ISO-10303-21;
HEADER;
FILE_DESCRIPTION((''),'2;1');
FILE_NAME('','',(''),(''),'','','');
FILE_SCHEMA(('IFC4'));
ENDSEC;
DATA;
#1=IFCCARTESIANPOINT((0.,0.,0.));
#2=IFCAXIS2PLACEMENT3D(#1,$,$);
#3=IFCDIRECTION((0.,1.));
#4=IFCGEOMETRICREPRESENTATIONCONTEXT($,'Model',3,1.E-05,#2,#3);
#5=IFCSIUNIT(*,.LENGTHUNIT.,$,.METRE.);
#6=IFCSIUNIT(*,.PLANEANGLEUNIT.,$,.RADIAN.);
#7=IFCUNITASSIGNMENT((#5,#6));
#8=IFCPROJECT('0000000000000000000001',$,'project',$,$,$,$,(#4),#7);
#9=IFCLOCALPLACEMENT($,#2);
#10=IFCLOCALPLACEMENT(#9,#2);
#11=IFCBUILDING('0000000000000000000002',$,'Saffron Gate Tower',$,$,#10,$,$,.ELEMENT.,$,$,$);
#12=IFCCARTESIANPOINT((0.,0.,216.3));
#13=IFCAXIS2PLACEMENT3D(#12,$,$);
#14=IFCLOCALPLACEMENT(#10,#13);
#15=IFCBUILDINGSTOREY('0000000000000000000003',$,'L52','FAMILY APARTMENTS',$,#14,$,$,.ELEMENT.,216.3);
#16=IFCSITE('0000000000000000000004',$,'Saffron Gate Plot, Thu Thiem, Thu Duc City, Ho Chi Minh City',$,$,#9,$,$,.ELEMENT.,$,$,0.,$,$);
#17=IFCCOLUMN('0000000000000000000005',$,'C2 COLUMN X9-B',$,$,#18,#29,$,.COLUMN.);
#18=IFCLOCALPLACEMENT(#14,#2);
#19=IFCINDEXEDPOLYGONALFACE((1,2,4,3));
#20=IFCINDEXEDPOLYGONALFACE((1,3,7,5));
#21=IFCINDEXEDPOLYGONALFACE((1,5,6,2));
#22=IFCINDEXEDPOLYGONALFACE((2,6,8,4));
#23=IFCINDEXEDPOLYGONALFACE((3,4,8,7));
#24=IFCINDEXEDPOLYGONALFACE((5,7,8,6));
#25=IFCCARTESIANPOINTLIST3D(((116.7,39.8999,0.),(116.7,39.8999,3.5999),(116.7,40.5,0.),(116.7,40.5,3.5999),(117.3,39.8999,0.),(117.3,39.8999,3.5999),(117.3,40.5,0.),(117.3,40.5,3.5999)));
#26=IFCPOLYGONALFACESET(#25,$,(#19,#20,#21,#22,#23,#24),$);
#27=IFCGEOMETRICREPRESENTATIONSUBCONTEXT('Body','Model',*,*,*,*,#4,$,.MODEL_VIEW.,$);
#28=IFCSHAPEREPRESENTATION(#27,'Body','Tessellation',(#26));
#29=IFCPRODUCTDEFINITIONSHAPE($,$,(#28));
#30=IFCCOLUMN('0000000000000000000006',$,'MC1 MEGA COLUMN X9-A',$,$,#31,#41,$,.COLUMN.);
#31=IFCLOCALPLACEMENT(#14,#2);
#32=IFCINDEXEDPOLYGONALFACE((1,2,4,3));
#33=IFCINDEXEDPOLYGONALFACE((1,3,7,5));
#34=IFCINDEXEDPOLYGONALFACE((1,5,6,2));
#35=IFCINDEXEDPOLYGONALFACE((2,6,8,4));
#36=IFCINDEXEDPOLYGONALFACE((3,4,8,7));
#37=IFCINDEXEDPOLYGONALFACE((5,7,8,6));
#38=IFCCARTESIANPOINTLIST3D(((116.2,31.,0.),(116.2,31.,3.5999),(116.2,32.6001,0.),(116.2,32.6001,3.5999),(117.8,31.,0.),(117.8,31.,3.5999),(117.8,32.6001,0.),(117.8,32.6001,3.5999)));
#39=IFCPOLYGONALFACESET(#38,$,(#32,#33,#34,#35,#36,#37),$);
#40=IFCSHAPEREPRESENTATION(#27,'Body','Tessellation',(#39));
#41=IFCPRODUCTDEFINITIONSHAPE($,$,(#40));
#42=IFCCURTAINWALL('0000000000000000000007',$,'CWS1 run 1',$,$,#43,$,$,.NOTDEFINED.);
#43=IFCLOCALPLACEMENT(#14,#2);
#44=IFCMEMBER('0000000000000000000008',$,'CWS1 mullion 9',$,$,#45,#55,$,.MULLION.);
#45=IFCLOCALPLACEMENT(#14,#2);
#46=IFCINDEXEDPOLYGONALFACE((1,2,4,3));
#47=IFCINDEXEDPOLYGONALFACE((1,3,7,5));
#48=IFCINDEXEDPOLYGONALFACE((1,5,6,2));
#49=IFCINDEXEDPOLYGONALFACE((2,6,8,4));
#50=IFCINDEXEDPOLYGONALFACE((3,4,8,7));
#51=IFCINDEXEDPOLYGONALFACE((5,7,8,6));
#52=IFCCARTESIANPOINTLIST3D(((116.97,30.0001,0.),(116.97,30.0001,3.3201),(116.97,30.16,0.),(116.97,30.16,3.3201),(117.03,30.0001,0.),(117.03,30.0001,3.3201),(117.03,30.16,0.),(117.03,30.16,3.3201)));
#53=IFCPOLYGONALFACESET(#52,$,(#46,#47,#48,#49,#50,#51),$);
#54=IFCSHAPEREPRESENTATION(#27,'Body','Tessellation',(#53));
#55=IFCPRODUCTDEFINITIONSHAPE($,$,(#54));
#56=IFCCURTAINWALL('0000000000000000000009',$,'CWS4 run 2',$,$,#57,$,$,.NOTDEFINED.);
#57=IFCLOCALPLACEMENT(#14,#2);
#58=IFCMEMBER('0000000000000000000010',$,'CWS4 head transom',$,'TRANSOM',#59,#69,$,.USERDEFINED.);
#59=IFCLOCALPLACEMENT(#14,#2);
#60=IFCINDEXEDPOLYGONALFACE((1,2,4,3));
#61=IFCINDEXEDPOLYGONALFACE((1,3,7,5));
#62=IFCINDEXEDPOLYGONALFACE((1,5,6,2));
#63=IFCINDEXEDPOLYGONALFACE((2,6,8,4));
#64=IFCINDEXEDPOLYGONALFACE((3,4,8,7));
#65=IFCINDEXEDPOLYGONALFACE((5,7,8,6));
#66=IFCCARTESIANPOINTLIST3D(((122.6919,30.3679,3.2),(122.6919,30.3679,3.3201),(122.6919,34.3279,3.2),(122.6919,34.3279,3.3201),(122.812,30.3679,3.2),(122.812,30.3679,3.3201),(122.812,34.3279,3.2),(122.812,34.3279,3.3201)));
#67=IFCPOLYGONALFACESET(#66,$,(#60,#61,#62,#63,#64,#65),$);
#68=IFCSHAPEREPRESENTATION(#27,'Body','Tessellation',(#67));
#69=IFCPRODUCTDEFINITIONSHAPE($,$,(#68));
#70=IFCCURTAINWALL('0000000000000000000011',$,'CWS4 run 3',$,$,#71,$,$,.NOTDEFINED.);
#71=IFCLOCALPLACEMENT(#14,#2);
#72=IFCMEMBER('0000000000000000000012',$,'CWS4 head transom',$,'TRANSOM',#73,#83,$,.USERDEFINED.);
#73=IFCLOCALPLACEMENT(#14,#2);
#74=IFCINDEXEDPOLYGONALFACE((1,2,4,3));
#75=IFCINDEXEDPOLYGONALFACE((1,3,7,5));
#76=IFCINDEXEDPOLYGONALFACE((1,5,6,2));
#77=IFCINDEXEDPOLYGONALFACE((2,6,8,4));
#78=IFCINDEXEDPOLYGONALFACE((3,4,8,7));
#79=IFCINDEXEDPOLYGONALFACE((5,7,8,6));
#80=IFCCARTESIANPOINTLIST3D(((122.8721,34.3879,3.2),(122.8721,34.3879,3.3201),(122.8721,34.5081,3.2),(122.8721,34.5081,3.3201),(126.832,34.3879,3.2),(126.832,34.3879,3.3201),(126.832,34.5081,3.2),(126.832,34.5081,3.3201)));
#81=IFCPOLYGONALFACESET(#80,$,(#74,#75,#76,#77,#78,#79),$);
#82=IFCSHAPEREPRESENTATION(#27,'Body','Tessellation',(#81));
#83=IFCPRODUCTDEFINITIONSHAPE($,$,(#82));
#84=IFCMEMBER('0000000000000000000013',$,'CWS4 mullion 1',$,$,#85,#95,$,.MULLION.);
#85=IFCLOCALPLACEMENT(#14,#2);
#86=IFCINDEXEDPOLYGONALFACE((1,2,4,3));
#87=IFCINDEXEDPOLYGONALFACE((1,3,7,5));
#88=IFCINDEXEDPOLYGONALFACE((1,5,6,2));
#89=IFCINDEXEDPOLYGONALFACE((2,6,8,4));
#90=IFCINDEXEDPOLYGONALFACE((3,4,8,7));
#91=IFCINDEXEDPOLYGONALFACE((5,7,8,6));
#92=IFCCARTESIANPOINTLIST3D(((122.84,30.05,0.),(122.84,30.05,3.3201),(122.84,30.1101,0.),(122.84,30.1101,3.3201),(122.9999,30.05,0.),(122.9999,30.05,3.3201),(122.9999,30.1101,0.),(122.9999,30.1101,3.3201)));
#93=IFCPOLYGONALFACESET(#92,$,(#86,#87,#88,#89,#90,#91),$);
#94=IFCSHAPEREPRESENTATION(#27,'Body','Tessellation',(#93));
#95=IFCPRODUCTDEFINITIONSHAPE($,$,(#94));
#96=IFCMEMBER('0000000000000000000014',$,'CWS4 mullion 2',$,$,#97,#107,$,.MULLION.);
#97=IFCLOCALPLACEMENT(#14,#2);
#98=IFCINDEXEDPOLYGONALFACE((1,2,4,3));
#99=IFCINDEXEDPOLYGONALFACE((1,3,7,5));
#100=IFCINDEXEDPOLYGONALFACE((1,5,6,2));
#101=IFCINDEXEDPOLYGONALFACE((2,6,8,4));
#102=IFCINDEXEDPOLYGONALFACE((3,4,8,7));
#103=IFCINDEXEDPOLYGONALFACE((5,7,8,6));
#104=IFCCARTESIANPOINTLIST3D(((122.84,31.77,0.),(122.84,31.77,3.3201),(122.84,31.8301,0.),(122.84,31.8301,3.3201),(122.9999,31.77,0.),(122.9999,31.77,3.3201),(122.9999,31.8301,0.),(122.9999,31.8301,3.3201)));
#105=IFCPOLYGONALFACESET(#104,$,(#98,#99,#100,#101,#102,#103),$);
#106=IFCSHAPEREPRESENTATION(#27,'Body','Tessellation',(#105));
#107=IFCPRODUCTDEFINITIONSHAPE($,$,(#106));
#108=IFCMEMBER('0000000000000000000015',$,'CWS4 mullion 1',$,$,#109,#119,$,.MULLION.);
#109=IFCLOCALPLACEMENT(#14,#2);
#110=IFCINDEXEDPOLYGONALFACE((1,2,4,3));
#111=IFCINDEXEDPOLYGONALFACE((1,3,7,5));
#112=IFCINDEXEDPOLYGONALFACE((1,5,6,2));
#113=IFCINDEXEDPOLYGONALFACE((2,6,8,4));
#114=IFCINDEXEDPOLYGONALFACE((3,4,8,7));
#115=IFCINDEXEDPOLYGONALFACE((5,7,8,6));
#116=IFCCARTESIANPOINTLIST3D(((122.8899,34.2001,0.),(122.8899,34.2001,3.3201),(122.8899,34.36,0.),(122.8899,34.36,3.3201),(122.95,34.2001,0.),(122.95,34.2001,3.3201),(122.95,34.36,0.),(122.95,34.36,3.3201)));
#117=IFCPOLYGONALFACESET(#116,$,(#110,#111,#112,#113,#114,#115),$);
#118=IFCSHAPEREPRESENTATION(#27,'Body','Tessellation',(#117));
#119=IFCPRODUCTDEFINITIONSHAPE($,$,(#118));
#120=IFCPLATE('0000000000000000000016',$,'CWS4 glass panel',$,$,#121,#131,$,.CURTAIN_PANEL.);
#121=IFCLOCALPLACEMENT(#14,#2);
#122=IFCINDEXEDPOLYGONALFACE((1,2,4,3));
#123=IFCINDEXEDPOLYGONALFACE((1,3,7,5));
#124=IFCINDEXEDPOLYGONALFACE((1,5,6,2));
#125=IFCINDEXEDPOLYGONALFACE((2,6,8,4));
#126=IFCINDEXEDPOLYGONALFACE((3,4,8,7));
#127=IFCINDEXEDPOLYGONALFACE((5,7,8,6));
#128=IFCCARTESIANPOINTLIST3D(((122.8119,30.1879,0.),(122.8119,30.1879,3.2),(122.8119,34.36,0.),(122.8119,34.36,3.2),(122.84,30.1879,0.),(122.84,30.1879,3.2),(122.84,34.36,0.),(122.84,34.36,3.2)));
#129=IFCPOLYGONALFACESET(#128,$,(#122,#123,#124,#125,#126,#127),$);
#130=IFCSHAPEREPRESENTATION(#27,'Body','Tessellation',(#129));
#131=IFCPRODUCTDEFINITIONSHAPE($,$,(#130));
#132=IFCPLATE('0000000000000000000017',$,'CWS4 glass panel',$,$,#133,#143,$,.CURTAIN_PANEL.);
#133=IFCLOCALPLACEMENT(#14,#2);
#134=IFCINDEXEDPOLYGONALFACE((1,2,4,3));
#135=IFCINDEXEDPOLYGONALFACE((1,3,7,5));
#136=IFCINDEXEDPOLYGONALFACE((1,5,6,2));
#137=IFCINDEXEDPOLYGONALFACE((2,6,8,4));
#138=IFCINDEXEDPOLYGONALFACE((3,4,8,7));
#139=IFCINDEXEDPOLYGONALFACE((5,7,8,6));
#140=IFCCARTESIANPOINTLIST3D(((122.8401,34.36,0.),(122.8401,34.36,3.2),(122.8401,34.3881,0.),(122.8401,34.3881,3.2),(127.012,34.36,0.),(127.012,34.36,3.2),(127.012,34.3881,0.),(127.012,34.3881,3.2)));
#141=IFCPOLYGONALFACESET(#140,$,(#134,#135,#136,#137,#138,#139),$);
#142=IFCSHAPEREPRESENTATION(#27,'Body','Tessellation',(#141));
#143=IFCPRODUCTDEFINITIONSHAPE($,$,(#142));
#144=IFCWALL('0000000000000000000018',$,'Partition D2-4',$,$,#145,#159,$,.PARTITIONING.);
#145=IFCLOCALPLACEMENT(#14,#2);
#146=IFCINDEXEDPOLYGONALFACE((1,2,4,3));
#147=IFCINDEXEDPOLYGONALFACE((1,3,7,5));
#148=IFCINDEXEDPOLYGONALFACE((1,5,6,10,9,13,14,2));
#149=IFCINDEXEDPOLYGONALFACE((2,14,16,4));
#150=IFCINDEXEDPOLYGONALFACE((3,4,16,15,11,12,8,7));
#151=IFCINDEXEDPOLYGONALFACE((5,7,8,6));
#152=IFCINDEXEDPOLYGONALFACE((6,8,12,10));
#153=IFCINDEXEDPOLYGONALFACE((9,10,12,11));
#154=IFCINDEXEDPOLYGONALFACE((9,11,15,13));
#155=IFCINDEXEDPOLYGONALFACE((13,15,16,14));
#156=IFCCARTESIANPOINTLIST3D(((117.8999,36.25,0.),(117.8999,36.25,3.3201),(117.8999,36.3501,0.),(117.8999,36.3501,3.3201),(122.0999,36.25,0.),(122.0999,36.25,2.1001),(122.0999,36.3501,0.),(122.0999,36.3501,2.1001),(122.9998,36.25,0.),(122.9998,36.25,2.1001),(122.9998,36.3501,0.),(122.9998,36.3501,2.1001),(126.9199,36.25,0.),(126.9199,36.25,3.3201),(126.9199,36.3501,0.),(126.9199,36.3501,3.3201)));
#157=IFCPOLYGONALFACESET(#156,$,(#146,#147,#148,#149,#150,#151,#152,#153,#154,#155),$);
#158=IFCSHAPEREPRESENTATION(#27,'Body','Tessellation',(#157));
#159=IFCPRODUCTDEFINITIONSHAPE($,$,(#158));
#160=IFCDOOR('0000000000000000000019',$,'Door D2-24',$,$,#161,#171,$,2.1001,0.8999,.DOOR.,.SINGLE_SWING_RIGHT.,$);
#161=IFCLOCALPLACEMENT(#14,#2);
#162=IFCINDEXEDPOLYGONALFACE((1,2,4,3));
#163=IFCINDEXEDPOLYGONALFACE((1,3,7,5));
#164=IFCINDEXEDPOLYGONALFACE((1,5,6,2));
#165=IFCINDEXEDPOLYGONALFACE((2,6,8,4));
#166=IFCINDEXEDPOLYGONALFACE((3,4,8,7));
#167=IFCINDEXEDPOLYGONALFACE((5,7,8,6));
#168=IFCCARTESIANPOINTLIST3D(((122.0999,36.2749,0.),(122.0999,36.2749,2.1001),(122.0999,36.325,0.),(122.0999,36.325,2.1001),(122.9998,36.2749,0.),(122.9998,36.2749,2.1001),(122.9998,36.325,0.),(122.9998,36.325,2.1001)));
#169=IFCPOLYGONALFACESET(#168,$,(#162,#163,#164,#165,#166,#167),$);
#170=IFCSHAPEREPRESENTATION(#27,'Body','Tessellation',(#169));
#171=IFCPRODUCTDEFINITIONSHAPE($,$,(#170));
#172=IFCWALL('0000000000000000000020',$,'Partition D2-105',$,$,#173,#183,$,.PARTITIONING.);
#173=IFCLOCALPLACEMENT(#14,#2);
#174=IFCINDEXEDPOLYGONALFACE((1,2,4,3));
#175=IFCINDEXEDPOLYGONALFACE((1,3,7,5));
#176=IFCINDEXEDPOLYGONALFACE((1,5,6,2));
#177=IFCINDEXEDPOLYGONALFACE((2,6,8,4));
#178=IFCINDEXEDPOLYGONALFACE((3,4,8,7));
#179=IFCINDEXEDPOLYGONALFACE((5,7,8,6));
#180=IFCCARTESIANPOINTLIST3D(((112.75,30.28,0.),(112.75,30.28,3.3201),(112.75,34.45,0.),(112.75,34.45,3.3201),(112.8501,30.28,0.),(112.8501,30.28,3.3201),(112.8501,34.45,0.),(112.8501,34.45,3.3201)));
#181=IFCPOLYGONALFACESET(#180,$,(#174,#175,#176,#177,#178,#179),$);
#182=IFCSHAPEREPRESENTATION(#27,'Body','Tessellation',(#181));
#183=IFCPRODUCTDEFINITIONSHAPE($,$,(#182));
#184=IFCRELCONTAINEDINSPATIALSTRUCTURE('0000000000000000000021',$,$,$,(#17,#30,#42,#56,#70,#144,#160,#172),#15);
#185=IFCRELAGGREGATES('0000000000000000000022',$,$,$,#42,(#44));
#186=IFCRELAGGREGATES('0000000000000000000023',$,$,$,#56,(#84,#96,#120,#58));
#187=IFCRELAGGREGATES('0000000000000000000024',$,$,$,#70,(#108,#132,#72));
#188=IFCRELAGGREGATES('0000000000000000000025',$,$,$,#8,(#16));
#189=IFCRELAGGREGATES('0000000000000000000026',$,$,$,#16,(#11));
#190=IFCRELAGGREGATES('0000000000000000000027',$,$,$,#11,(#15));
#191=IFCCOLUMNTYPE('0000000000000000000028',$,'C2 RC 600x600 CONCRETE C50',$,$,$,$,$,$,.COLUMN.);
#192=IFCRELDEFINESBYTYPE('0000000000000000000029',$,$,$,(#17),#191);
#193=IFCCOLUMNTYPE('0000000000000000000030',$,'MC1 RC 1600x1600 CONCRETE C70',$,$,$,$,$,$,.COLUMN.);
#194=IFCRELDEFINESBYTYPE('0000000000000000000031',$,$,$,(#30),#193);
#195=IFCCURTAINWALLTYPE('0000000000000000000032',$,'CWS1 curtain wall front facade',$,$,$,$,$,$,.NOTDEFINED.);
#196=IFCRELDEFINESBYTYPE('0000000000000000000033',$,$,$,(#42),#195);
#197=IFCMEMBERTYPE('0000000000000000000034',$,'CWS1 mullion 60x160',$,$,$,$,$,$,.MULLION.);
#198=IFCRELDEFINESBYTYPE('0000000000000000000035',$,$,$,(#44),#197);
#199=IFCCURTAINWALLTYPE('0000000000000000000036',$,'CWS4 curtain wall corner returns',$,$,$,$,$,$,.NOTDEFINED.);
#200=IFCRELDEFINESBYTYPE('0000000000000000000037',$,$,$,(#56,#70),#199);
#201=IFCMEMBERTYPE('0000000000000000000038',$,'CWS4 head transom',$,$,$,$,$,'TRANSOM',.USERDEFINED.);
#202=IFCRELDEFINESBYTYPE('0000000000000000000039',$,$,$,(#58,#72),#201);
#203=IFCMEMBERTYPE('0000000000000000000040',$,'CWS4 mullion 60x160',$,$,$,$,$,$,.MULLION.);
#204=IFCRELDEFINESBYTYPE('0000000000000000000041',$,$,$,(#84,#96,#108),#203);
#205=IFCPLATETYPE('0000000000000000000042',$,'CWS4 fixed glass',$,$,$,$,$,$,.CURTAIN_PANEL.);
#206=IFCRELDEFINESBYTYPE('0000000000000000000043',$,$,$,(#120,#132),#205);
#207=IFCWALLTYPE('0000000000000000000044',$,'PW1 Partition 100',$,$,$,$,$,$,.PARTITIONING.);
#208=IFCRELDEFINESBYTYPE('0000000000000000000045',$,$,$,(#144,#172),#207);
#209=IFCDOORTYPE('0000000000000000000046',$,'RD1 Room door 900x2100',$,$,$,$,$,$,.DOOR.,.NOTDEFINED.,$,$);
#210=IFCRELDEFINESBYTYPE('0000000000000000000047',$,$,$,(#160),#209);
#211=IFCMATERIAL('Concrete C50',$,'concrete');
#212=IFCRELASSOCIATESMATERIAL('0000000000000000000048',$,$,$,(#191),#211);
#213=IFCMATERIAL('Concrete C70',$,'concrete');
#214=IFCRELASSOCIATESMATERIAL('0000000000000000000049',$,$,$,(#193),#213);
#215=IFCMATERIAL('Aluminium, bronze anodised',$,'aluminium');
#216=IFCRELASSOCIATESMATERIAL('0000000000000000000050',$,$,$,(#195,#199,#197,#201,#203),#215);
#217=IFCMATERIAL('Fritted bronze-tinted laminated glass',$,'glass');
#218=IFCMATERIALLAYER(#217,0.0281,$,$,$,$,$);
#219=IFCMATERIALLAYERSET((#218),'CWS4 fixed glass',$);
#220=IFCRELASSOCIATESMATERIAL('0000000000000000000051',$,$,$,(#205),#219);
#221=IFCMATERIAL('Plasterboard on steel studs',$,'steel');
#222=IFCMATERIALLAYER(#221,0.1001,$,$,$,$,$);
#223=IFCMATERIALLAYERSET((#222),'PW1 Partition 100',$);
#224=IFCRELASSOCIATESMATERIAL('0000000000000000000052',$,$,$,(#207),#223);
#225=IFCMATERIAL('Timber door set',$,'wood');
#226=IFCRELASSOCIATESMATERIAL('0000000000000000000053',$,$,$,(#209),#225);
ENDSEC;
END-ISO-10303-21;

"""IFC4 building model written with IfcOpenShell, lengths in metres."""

from ifc_helpers import new_model, si_unit, direction, frame, frame_2d, origin, origin_2d, place, context, subcontext, project, spatial, rectangle, extrude, material, layer, layer_set, material_profile, profile_set, type_object, element, fill, aggregate, save


model = new_model("IFC4")

# Units and contexts
model_context = context("Model", 3, precision=1e-05, world=origin(), true_north=direction((0.0, 1.0)))
body_context = subcontext(model_context, "Body", "Model", "MODEL_VIEW")
ifc_project = project(units=[si_unit("LENGTHUNIT", "METRE"), si_unit("PLANEANGLEUNIT", "RADIAN")], contexts=[model_context])

# Site, building, storey
site_placement = place(None, origin())
site = spatial("IfcSite", under=ifc_project, at=site_placement, Name="Saffron Gate Plot, Thu Thiem, Thu Duc City, Ho Chi Minh City", CompositionType="ELEMENT", RefElevation=0.0)
building_placement = place(site_placement, origin())
building = spatial("IfcBuilding", under=site, at=building_placement, Name="Saffron Gate Tower", CompositionType="ELEMENT")
storey_placement = place(building_placement, frame((0.0, 0.0, 216.3)))
storey = spatial("IfcBuildingStorey", under=building, at=storey_placement, Name="L52", Description="FAMILY APARTMENTS", CompositionType="ELEMENT", Elevation=216.3)

# Columns
ifc_material_1 = material(Name="Concrete C50", Category="concrete")
ifc_material_profile_1 = material_profile(ifc_material_1, rectangle(XDim=0.6001, YDim=0.6001, at=origin_2d()))
ifc_profile_set_1 = profile_set([ifc_material_profile_1], Name="Concrete C50")
column_type_1 = type_object("IfcColumnType", Name="C2 RC 600x600 CONCRETE C50", PredefinedType="COLUMN", material=ifc_profile_set_1)
column_1_placement = place(storey_placement, frame((117.0, 40.2, 0.0), z_axis=(0.0, 0.0, 1.0), x_axis=(1.0, 0.0, 0.0)))
element("IfcColumn", 1, at=column_1_placement, inside=storey, type_object=column_type_1, Name="C2 COLUMN X9-B", PredefinedType="COLUMN", context=body_context, shape_type="SweptSolid", body=[
    extrude(rectangle(XDim=0.6001, YDim=0.6001, at=origin_2d()), origin(), (0.0, 0.0, 1.0), 3.5999),
])
ifc_material_2 = material(Name="Concrete C70", Category="concrete")
ifc_material_profile_2 = material_profile(ifc_material_2, rectangle(XDim=1.6001, YDim=1.6001, at=origin_2d()))
ifc_profile_set_2 = profile_set([ifc_material_profile_2], Name="Concrete C70")
column_type_2 = type_object("IfcColumnType", Name="MC1 RC 1600x1600 CONCRETE C70", PredefinedType="COLUMN", material=ifc_profile_set_2)
column_2_placement = place(storey_placement, frame((117.0, 31.8, 0.0), z_axis=(0.0, 0.0, 1.0), x_axis=(1.0, 0.0, 0.0)))
element("IfcColumn", 2, at=column_2_placement, inside=storey, type_object=column_type_2, Name="MC1 MEGA COLUMN X9-A", PredefinedType="COLUMN", context=body_context, shape_type="SweptSolid", body=[
    extrude(rectangle(XDim=1.6001, YDim=1.6001, at=origin_2d()), origin(), (0.0, 0.0, 1.0), 3.5999),
])

# Curtain walls, members
ifc_material_3 = material(Name="Aluminium, bronze anodised", Category="aluminium")
curtain_wall_type_1 = type_object("IfcCurtainWallType", Name="CWS1 curtain wall front facade", PredefinedType="NOTDEFINED", material=ifc_material_3)
curtain_wall_1_placement = place(storey_placement, origin())
curtain_wall_1 = element("IfcCurtainWall", 3, at=curtain_wall_1_placement, inside=storey, type_object=curtain_wall_type_1, Name="CWS1 run 1", PredefinedType="NOTDEFINED")
ifc_material_profile_3 = material_profile(ifc_material_3, rectangle(XDim=0.1599, YDim=0.0601, at=origin_2d()))
ifc_profile_set_3 = profile_set([ifc_material_profile_3], Name="Aluminium, bronze anodised")
member_type_1 = type_object("IfcMemberType", Name="CWS1 mullion 60x160", PredefinedType="MULLION", material=ifc_profile_set_3)
member_1_placement = place(storey_placement, frame((117.0, 30.0801, 0.0), z_axis=(0.0, 0.0, 1.0), x_axis=(0.0, 1.0, 0.0)))
member_1 = element("IfcMember", 4, at=member_1_placement, type_object=member_type_1, Name="CWS1 mullion 9", PredefinedType="MULLION", context=body_context, shape_type="SweptSolid", body=[
    extrude(rectangle(XDim=0.1599, YDim=0.0601, at=origin_2d()), origin(), (0.0, 0.0, 1.0), 3.3201),
])
aggregate(curtain_wall_1, [member_1])
curtain_wall_type_2 = type_object("IfcCurtainWallType", Name="CWS4 curtain wall corner returns", PredefinedType="NOTDEFINED", material=ifc_material_3)
curtain_wall_2_placement = place(storey_placement, origin())
curtain_wall_2 = element("IfcCurtainWall", 5, at=curtain_wall_2_placement, inside=storey, type_object=curtain_wall_type_2, Name="CWS4 run 2", PredefinedType="NOTDEFINED")
ifc_material_profile_4 = material_profile(ifc_material_3, rectangle(XDim=0.1201, YDim=0.1201, at=origin_2d()))
ifc_profile_set_4 = profile_set([ifc_material_profile_4], Name="Aluminium, bronze anodised")
member_type_2 = type_object("IfcMemberType", Name="CWS4 head transom", ElementType="TRANSOM", PredefinedType="USERDEFINED", material=ifc_profile_set_4)
member_2_placement = place(storey_placement, frame((122.752, 30.3679, 3.26), z_axis=(0.0, 1.0, 0.0), x_axis=(-1.0, 0.0, 0.0)))
member_2 = element("IfcMember", 6, at=member_2_placement, type_object=member_type_2, Name="CWS4 head transom", ObjectType="TRANSOM", PredefinedType="USERDEFINED", context=body_context, shape_type="SweptSolid", body=[
    extrude(rectangle(XDim=0.1201, YDim=0.1201, at=origin_2d()), origin(), (0.0, 0.0, 1.0), 3.96),
])
curtain_wall_3_placement = place(storey_placement, origin())
curtain_wall_3 = element("IfcCurtainWall", 7, at=curtain_wall_3_placement, inside=storey, type_object=curtain_wall_type_2, Name="CWS4 run 3", PredefinedType="NOTDEFINED")
member_3_placement = place(storey_placement, frame((122.8721, 34.448, 3.26), z_axis=(1.0, 0.0, 0.0), x_axis=(0.0, 1.0, 0.0)))
member_3 = element("IfcMember", 8, at=member_3_placement, type_object=member_type_2, Name="CWS4 head transom", ObjectType="TRANSOM", PredefinedType="USERDEFINED", context=body_context, shape_type="SweptSolid", body=[
    extrude(rectangle(XDim=0.1201, YDim=0.1201, at=origin_2d()), origin(), (0.0, 0.0, 1.0), 3.96),
])

# Members
ifc_material_profile_5 = material_profile(ifc_material_3, rectangle(XDim=0.1599, YDim=0.0601, at=origin_2d()))
ifc_profile_set_5 = profile_set([ifc_material_profile_5], Name="Aluminium, bronze anodised")
member_type_3 = type_object("IfcMemberType", Name="CWS4 mullion 60x160", PredefinedType="MULLION", material=ifc_profile_set_5)
member_4_placement = place(storey_placement, frame((122.9199, 30.0801, 0.0), z_axis=(0.0, 0.0, 1.0), x_axis=(-1.0, 0.0, 0.0)))
member_4 = element("IfcMember", 9, at=member_4_placement, type_object=member_type_3, Name="CWS4 mullion 1", PredefinedType="MULLION", context=body_context, shape_type="SweptSolid", body=[
    extrude(rectangle(XDim=0.1599, YDim=0.0601, at=origin_2d()), origin(), (0.0, 0.0, 1.0), 3.3201),
])
member_5_placement = place(storey_placement, frame((122.9199, 31.8, 0.0), z_axis=(0.0, 0.0, 1.0), x_axis=(-1.0, 0.0, 0.0)))
member_5 = element("IfcMember", 10, at=member_5_placement, type_object=member_type_3, Name="CWS4 mullion 2", PredefinedType="MULLION", context=body_context, shape_type="SweptSolid", body=[
    extrude(rectangle(XDim=0.1599, YDim=0.0601, at=origin_2d()), origin(), (0.0, 0.0, 1.0), 3.3201),
])
member_6_placement = place(storey_placement, frame((122.9199, 34.28, 0.0), z_axis=(0.0, 0.0, 1.0), x_axis=(0.0, 1.0, 0.0)))
member_6 = element("IfcMember", 11, at=member_6_placement, type_object=member_type_3, Name="CWS4 mullion 1", PredefinedType="MULLION", context=body_context, shape_type="SweptSolid", body=[
    extrude(rectangle(XDim=0.1599, YDim=0.0601, at=origin_2d()), origin(), (0.0, 0.0, 1.0), 3.3201),
])

# Plates
ifc_material_4 = material(Name="Fritted bronze-tinted laminated glass", Category="glass")
ifc_layer_1 = layer(ifc_material_4, 0.0281)
ifc_layer_set_1 = layer_set([ifc_layer_1], Name="CWS4 fixed glass")
plate_type = type_object("IfcPlateType", Name="CWS4 fixed glass", PredefinedType="CURTAIN_PANEL", material=ifc_layer_set_1)
plate_1_placement = place(storey_placement, frame((122.8259, 30.188, 0.0), z_axis=(0.0, 0.0, 1.0), x_axis=(0.0, 1.0, 0.0)))
plate_1 = element("IfcPlate", 12, at=plate_1_placement, type_object=plate_type, Name="CWS4 glass panel", PredefinedType="CURTAIN_PANEL", context=body_context, shape_type="SweptSolid", body=[
    extrude(rectangle(XDim=4.1721, YDim=0.0281, at=frame_2d((2.0859, 0.0))), origin(), (0.0, 0.0, 1.0), 3.2),
])
aggregate(curtain_wall_2, [member_4, member_5, plate_1, member_2])
plate_2_placement = place(storey_placement, frame((122.8401, 34.374, 0.0), z_axis=(0.0, 0.0, 1.0), x_axis=(1.0, 0.0, 0.0)))
plate_2 = element("IfcPlate", 13, at=plate_2_placement, type_object=plate_type, Name="CWS4 glass panel", PredefinedType="CURTAIN_PANEL", context=body_context, shape_type="SweptSolid", body=[
    extrude(rectangle(XDim=4.1719, YDim=0.0281, at=frame_2d((2.0859, 0.0))), origin(), (0.0, 0.0, 1.0), 3.2),
])
aggregate(curtain_wall_3, [member_6, plate_2, member_3])

# Wall, opening, door
ifc_material_5 = material(Name="Plasterboard on steel studs", Category="steel")
ifc_layer_2 = layer(ifc_material_5, 0.1001)
ifc_layer_set_2 = layer_set([ifc_layer_2], Name="PW1 Partition 100")
wall_type = type_object("IfcWallType", Name="PW1 Partition 100", PredefinedType="PARTITIONING", material=ifc_layer_set_2)
wall_1_placement = place(storey_placement, frame((117.8999, 36.3, 0.0), z_axis=(0.0, 0.0, 1.0), x_axis=(1.0, 0.0, 0.0)))
wall_1 = element("IfcWall", 14, at=wall_1_placement, inside=storey, type_object=wall_type, Name="Partition D2-4", PredefinedType="PARTITIONING", context=body_context, shape_type="SweptSolid", body=[
    extrude(rectangle(XDim=9.02, YDim=0.1001, at=frame_2d((4.51, 0.0))), origin(), (0.0, 0.0, 1.0), 3.3201),
])
opening_placement = place(wall_1_placement, frame((4.2, 0.0, 0.0)))
opening = element("IfcOpeningElement", 15, at=opening_placement, cuts=wall_1, PredefinedType="OPENING", context=body_context, shape_type="SweptSolid", body=[
    extrude(rectangle(XDim=0.8999, YDim=2.1001, at=frame_2d((0.45, 1.05))), frame((0.0, 0.0601, 0.0), z_axis=(0.0, -1.0, 0.0), x_axis=(1.0, 0.0, 0.0)), (0.0, 0.0, 1.0), 0.1201),
])
ifc_material_6 = material(Name="Timber door set", Category="wood")
door_type = type_object("IfcDoorType", Name="RD1 Room door 900x2100", OperationType="NOTDEFINED", PredefinedType="DOOR", material=ifc_material_6)
door_placement = place(opening_placement, origin())
door = element("IfcDoor", 16, at=door_placement, inside=storey, type_object=door_type, Name="Door D2-24", OperationType="SINGLE_SWING_RIGHT", OverallHeight=2.1001, OverallWidth=0.8999, PredefinedType="DOOR", context=body_context, shape_type="SweptSolid", body=[
    extrude(rectangle(XDim=0.8999, YDim=2.1001, at=frame_2d((0.45, 1.05))), frame((0.0, 0.0249, 0.0), z_axis=(0.0, -1.0, 0.0), x_axis=(1.0, 0.0, 0.0)), (0.0, 0.0, 1.0), 0.05),
])
fill(opening, door)

# Wall
wall_2_placement = place(storey_placement, frame((112.8, 34.45, 0.0), z_axis=(0.0, 0.0, 1.0), x_axis=(0.0, -1.0, 0.0)))
element("IfcWall", 17, at=wall_2_placement, inside=storey, type_object=wall_type, Name="Partition D2-105", PredefinedType="PARTITIONING", context=body_context, shape_type="SweptSolid", body=[
    extrude(rectangle(XDim=4.1699, YDim=0.1001, at=frame_2d((2.085, 0.0))), origin(), (0.0, 0.0, 1.0), 3.3201),
])

save(model, "model.ifc")
